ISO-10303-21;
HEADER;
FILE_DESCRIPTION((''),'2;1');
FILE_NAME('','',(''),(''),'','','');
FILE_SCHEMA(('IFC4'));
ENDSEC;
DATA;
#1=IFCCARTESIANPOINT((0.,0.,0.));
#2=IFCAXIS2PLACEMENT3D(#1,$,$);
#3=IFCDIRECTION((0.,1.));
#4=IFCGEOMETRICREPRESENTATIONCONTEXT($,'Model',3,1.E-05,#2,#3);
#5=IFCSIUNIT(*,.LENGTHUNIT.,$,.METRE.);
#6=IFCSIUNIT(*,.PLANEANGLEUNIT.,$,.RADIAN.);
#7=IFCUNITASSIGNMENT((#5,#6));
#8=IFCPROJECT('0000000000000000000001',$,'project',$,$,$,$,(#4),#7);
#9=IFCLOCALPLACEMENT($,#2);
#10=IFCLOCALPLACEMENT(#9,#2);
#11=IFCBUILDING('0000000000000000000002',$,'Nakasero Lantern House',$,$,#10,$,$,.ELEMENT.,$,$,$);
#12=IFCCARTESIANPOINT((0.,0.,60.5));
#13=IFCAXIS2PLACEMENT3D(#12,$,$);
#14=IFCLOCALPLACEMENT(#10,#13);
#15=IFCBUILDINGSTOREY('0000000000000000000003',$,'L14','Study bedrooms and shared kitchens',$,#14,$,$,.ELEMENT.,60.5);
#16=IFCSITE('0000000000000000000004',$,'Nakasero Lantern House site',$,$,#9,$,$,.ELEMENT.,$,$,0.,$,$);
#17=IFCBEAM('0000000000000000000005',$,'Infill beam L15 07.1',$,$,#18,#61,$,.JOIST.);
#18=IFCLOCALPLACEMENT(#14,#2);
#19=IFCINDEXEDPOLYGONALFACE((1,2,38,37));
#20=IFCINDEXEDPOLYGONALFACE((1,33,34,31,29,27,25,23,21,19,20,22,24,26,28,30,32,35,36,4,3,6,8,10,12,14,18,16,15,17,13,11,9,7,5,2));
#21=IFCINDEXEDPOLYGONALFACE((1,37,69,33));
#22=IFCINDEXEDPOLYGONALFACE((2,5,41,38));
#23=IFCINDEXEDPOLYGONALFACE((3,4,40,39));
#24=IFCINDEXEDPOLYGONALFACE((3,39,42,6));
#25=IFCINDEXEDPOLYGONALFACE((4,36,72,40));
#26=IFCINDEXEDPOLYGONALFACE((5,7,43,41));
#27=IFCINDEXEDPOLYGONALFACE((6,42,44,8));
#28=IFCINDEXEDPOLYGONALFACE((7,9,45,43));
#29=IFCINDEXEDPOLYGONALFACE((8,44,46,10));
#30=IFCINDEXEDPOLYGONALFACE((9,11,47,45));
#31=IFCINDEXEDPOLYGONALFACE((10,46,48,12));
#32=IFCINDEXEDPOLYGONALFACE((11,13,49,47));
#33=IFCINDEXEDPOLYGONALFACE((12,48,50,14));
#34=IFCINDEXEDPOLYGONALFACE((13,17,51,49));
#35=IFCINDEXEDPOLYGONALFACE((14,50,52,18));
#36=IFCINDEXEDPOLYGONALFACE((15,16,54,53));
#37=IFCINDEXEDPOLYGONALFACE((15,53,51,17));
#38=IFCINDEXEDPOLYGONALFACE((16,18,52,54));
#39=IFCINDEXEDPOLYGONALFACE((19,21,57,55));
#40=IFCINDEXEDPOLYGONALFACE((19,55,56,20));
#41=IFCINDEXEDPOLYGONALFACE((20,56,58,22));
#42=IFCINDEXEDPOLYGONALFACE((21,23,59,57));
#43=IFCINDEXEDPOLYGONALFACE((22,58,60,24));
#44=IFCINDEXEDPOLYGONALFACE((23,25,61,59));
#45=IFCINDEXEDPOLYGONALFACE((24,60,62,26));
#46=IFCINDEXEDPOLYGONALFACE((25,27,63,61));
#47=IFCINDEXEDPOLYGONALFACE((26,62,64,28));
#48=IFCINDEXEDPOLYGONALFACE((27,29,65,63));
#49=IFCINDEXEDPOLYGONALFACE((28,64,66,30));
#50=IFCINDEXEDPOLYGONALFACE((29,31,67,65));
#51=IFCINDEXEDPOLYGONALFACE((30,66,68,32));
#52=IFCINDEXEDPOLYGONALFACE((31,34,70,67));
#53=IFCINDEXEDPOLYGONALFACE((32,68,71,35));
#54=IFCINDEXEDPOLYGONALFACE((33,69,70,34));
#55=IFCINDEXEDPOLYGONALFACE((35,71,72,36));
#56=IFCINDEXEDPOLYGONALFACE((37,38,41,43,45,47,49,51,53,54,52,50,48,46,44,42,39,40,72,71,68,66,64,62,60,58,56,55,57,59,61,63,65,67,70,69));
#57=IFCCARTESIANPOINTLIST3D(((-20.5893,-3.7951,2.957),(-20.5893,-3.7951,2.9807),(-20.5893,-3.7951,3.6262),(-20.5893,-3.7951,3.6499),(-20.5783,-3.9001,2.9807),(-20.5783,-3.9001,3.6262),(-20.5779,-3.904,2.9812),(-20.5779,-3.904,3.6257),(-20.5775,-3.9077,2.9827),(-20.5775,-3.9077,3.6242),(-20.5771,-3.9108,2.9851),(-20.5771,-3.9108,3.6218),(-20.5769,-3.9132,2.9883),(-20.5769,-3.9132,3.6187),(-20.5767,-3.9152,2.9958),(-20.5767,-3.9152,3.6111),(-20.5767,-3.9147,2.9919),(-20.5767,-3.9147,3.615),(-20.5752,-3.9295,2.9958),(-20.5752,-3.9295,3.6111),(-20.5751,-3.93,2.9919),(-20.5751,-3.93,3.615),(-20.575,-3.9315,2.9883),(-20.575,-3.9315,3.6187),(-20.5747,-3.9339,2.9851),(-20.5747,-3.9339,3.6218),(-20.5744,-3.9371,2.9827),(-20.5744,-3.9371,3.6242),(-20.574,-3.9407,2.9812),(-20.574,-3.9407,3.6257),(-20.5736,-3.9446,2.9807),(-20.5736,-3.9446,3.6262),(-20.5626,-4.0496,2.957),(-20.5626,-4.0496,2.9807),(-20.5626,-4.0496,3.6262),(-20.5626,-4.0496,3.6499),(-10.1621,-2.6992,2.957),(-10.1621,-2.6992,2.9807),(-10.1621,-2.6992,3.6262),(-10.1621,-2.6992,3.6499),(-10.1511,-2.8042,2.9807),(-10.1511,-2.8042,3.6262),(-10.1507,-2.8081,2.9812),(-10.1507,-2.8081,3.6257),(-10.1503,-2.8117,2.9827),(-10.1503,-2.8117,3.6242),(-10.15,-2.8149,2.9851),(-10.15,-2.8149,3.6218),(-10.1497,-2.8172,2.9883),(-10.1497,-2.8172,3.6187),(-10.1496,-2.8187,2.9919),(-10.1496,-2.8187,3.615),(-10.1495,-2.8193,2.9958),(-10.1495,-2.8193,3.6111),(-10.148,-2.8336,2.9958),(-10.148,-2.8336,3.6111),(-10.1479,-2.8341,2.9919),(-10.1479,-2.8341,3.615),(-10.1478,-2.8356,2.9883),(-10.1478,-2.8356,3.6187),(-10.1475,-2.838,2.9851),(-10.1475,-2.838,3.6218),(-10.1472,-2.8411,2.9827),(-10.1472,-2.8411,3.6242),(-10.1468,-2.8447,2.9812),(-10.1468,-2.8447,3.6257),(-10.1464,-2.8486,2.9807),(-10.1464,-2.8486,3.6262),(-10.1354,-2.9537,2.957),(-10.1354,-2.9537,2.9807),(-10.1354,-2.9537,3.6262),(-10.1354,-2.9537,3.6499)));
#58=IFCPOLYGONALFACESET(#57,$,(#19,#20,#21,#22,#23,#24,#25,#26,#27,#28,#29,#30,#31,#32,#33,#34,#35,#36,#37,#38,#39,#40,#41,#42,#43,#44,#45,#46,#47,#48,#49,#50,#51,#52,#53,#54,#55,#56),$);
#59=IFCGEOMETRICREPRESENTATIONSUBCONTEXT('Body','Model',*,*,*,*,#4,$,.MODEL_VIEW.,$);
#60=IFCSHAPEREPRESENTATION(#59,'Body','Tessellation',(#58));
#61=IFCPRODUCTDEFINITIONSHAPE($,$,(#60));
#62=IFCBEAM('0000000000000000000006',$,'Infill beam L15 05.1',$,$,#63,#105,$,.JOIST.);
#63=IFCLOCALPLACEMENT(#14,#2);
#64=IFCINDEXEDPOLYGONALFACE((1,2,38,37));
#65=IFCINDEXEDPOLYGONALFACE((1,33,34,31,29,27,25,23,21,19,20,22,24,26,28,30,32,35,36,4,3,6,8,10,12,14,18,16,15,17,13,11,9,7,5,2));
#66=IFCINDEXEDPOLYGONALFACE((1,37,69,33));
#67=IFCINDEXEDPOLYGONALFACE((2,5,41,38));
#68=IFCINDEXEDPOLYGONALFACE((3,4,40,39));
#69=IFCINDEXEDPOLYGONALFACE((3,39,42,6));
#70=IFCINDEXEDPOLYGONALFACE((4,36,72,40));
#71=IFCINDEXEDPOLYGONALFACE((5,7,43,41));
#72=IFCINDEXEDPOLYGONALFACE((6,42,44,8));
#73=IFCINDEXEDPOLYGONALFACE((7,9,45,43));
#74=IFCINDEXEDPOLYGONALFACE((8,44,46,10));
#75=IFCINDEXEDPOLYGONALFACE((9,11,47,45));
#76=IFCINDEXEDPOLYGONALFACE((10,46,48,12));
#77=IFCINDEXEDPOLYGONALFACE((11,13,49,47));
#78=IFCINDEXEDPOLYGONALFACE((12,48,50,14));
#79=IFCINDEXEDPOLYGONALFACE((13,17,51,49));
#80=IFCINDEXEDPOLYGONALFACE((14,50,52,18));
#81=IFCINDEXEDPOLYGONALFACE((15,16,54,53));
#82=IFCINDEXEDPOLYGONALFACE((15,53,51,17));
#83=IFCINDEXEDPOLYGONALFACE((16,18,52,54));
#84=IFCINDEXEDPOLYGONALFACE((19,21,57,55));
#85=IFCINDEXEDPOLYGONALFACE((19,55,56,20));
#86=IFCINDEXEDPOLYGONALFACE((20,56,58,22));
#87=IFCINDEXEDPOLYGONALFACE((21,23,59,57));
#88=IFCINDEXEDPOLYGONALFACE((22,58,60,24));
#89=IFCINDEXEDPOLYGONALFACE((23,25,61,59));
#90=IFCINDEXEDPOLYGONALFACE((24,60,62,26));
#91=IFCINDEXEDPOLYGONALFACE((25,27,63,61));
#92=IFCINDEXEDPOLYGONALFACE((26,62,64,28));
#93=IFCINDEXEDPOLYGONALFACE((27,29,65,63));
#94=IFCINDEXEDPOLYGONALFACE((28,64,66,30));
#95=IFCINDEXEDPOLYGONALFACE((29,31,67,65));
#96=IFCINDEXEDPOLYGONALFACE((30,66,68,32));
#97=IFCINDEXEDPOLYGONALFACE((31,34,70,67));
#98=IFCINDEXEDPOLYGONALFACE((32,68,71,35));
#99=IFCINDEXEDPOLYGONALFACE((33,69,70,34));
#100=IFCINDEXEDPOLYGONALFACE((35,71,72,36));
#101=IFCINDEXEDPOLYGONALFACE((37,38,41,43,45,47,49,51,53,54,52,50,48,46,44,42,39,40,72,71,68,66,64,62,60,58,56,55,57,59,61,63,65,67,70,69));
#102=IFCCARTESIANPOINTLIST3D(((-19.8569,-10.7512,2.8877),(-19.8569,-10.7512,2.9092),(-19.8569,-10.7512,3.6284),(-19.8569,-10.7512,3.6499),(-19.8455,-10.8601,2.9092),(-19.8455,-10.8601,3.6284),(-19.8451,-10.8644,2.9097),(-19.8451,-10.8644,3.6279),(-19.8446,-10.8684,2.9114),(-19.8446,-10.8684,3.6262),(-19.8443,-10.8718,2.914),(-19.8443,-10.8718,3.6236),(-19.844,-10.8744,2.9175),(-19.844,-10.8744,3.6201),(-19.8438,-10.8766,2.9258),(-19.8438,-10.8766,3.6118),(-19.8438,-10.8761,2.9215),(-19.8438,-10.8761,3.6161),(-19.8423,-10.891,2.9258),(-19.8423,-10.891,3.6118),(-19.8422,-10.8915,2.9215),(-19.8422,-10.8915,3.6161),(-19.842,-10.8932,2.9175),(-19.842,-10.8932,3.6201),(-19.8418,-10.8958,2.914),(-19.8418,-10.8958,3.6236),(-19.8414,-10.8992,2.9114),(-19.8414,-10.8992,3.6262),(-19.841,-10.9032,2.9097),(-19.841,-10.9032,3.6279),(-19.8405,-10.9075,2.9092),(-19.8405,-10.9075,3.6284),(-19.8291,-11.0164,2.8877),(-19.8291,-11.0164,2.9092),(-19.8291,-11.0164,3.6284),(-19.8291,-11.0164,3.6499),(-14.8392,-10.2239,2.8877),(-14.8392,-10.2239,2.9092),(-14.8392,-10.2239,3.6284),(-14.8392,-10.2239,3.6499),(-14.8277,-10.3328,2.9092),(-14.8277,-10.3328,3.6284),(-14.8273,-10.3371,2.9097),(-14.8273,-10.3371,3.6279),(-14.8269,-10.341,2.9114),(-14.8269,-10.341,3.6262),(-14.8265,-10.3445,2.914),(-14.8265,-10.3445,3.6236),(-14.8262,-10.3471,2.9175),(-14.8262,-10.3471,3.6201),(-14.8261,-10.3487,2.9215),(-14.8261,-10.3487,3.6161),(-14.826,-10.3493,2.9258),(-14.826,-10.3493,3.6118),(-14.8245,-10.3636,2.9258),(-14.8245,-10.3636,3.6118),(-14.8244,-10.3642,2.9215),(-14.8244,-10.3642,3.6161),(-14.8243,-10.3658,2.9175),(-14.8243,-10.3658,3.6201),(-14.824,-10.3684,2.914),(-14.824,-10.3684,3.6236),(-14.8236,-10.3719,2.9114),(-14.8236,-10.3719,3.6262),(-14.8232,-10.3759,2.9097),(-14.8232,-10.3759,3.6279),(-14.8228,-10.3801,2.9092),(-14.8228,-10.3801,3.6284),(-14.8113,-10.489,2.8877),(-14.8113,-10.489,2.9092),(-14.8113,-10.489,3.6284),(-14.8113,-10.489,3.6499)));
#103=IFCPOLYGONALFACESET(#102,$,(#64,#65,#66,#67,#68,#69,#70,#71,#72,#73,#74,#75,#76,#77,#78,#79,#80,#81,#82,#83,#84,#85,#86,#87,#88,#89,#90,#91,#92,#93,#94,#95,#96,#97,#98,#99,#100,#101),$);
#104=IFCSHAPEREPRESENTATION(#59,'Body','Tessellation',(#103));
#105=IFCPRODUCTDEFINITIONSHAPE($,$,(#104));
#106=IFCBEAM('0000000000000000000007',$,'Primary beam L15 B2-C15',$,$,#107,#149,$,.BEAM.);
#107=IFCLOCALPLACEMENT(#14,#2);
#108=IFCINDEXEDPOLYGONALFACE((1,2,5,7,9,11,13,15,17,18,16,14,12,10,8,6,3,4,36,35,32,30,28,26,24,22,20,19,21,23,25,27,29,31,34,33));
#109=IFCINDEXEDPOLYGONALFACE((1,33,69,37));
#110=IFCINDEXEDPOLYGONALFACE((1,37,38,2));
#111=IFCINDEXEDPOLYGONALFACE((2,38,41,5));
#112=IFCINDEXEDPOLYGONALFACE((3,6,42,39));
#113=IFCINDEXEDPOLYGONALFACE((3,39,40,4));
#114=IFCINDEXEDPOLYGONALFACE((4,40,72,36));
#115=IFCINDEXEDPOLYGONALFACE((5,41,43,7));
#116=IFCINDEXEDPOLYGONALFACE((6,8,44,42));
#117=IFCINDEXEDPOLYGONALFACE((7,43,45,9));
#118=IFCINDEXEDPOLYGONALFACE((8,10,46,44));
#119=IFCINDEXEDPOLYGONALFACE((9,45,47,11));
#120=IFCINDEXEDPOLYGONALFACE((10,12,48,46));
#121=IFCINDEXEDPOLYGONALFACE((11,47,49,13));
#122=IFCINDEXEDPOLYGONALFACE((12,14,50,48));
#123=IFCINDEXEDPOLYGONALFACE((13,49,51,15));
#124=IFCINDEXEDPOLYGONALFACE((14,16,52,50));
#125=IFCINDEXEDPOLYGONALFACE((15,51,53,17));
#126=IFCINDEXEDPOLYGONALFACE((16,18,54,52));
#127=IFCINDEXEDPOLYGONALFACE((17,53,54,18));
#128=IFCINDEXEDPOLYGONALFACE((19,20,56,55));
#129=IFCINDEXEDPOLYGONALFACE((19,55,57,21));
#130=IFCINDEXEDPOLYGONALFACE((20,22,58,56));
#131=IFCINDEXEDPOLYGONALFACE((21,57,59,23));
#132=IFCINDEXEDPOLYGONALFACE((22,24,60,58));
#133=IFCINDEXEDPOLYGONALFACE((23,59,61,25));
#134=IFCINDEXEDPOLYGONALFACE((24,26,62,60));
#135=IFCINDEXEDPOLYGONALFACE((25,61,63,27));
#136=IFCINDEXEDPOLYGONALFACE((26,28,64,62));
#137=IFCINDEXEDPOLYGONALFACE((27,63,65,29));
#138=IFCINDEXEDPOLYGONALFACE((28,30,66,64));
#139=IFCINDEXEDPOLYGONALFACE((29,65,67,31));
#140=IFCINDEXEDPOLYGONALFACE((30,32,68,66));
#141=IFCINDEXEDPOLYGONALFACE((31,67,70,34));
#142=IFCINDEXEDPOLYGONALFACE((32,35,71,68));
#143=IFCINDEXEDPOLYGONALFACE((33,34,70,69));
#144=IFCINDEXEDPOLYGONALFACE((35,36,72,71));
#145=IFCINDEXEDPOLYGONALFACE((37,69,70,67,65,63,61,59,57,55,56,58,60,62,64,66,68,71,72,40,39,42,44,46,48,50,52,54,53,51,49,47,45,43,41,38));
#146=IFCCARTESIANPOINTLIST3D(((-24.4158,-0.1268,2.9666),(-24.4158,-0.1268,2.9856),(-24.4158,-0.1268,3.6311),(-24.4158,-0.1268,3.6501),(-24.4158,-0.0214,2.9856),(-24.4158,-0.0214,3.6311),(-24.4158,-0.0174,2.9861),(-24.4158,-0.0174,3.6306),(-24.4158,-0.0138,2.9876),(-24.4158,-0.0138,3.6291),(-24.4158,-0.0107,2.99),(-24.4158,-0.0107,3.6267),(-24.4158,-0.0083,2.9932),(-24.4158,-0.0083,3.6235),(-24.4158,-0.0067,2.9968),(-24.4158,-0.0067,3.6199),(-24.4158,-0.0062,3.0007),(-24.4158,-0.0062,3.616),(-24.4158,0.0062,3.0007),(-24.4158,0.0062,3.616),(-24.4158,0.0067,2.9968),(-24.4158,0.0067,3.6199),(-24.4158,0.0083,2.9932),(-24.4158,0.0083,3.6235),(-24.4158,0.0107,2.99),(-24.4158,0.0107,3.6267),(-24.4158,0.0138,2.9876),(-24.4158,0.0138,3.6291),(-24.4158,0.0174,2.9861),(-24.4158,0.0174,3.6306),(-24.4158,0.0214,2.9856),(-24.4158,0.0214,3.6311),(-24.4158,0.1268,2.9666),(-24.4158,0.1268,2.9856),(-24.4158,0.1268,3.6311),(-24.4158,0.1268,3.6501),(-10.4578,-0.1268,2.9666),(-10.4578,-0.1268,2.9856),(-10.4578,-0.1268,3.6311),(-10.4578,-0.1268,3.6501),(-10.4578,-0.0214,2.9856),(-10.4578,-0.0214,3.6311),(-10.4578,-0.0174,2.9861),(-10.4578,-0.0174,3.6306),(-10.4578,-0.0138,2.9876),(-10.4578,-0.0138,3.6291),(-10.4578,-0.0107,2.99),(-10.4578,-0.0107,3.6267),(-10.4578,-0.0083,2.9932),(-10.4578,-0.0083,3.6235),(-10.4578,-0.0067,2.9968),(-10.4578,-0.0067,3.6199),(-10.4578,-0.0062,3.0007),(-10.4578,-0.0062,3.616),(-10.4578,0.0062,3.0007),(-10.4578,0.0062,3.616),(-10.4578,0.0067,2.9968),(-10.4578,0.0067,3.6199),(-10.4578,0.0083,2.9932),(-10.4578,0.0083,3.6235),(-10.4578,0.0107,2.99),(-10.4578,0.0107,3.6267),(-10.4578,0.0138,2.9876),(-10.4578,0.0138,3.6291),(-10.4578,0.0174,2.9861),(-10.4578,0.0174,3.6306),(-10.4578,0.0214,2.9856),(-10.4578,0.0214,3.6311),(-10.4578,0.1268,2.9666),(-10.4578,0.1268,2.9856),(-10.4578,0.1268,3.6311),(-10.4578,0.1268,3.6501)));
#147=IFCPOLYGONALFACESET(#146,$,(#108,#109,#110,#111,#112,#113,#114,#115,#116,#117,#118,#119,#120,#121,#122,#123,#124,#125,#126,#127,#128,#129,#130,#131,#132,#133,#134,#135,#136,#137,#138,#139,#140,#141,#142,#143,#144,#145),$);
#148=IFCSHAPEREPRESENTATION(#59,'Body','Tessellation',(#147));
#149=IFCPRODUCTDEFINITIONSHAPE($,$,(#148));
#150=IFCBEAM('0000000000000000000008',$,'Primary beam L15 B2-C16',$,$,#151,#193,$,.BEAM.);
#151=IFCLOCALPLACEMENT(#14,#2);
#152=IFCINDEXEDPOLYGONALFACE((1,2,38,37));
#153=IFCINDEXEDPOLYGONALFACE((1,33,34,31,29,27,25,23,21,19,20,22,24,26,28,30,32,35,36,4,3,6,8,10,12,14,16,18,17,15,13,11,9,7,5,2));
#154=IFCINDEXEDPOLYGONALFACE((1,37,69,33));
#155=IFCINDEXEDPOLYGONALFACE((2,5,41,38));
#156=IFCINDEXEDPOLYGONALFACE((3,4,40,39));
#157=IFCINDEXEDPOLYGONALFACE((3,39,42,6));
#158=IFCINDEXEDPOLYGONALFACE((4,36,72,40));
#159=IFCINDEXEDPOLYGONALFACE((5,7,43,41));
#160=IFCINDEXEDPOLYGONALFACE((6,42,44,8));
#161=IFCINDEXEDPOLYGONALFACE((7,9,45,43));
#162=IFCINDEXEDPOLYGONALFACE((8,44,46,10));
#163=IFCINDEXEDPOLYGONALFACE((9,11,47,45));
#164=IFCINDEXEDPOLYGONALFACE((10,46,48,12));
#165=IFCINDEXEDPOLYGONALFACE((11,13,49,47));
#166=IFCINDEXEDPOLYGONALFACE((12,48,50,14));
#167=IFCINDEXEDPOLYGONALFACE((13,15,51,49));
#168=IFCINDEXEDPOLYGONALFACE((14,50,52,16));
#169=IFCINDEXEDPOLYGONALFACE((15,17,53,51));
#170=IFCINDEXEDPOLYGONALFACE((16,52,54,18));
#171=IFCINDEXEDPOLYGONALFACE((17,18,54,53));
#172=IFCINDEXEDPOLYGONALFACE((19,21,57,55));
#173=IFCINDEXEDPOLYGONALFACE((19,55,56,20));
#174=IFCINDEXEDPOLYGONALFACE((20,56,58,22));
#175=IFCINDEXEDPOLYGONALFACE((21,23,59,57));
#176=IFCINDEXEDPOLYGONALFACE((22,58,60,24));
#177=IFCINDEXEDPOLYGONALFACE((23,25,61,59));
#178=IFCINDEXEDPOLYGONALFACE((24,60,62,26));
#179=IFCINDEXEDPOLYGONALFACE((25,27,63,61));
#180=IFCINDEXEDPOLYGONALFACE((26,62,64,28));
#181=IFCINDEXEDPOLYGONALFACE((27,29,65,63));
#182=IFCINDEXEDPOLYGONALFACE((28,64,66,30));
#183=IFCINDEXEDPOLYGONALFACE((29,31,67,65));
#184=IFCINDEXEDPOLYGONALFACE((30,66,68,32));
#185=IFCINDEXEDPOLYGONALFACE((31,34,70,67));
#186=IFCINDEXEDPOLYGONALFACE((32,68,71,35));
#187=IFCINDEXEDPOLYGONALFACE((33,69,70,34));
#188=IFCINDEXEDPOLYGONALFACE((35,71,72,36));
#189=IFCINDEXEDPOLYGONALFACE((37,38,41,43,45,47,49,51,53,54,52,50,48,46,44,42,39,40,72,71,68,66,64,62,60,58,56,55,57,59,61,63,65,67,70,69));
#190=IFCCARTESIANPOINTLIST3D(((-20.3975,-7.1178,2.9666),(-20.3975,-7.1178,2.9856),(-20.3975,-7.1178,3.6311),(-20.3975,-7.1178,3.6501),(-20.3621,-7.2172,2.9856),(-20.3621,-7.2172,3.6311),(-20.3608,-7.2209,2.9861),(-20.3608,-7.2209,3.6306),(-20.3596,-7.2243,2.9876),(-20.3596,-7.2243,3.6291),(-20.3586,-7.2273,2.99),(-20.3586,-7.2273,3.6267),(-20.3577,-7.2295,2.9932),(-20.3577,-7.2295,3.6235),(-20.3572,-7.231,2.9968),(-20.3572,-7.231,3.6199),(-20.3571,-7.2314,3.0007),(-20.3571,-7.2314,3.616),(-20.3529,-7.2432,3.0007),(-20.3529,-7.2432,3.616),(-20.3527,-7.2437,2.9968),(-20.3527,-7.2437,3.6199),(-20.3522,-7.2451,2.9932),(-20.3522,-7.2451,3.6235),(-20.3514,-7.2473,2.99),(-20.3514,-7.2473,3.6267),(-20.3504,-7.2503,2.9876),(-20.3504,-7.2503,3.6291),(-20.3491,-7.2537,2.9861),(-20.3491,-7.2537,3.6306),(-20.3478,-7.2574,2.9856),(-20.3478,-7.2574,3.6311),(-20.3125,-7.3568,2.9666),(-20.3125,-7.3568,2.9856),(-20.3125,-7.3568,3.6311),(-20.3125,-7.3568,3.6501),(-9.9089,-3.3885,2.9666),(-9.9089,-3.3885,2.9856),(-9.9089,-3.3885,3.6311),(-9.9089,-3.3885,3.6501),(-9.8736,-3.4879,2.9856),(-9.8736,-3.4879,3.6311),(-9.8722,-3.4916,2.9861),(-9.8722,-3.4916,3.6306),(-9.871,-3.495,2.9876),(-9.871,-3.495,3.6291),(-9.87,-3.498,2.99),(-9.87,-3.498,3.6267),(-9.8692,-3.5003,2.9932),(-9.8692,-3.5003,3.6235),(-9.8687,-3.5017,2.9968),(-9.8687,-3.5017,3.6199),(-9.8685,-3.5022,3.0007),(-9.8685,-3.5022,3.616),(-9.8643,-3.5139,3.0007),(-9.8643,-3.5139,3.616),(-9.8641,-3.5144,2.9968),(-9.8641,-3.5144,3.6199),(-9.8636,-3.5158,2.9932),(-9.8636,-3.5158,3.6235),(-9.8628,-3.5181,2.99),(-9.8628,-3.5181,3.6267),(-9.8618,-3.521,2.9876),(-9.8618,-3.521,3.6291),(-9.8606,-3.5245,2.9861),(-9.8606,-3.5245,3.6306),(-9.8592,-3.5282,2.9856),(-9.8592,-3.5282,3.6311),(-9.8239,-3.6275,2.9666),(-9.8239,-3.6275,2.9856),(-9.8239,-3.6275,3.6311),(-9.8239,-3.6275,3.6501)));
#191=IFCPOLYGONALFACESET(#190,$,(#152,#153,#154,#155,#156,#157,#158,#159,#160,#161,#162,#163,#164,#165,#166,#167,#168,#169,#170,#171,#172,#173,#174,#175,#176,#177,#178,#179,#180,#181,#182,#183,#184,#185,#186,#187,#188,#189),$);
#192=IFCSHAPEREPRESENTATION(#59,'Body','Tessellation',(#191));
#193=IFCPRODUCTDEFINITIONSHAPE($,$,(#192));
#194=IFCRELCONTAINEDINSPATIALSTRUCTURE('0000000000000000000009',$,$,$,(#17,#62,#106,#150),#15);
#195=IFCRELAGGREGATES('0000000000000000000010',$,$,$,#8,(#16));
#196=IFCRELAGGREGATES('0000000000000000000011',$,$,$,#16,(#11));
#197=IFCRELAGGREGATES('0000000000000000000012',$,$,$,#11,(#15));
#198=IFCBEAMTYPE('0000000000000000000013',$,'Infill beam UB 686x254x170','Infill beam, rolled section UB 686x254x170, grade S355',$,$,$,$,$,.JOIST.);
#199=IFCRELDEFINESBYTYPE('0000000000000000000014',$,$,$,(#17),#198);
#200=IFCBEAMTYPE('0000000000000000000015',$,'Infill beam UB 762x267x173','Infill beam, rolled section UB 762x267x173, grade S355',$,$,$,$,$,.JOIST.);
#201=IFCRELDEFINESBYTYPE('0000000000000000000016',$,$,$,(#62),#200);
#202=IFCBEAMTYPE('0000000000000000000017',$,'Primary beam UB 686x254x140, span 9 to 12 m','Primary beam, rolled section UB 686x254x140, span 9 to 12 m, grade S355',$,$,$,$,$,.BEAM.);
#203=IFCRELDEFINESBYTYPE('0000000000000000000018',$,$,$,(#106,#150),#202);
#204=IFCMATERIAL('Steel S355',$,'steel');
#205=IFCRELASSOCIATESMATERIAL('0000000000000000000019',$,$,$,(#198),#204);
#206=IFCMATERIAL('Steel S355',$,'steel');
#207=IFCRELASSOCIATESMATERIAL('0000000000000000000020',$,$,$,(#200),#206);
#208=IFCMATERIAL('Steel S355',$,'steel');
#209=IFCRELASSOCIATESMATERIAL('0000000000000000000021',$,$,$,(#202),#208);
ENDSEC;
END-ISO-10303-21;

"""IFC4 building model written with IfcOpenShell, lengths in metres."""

from ifc_helpers import new_model, si_unit, direction, frame, origin, origin_2d, place, context, subcontext, project, spatial, i_section, extrude, material, material_profile, profile_set, type_object, element, save


model = new_model("IFC4")

# Units and contexts
model_context = context("Model", 3, precision=1e-05, world=origin(), true_north=direction((0.0, 1.0)))
body_context = subcontext(model_context, "Body", "Model", "MODEL_VIEW")
ifc_project = project(units=[si_unit("LENGTHUNIT", "METRE"), si_unit("PLANEANGLEUNIT", "RADIAN")], contexts=[model_context])

# Site, building, storey
site_placement = place(None, origin())
site = spatial("IfcSite", under=ifc_project, at=site_placement, Name="Nakasero Lantern House site", CompositionType="ELEMENT", RefElevation=0.0)
building_placement = place(site_placement, origin())
building = spatial("IfcBuilding", under=site, at=building_placement, Name="Nakasero Lantern House", CompositionType="ELEMENT")
storey_placement = place(building_placement, frame((0.0, 0.0, 60.5)))
storey = spatial("IfcBuildingStorey", under=building, at=storey_placement, Name="L14", Description="Study bedrooms and shared kitchens", CompositionType="ELEMENT", Elevation=60.5)

# Beams
ifc_material_1 = material(Name="Steel S355", Category="steel")
ifc_material_profile_1 = material_profile(ifc_material_1, i_section(OverallWidth=0.2559, OverallDepth=0.6929, WebThickness=0.0144, FlangeThickness=0.0237, FilletRadius=0.0151, at=origin_2d()), Name="UB 686x254x170")
ifc_profile_set_1 = profile_set([ifc_material_profile_1], Name="Steel S355")
beam_type_1 = type_object("IfcBeamType", Name="Infill beam UB 686x254x170", Description="Infill beam, rolled section UB 686x254x170, grade S355", PredefinedType="JOIST", material=ifc_profile_set_1)
beam_1_placement = place(storey_placement, frame((-20.5759, -3.9224, 3.3035), z_axis=(0.994522, 0.104528, 0.0), x_axis=(-0.104528, 0.994522, 0.0)))
element("IfcBeam", 1, at=beam_1_placement, inside=storey, type_object=beam_type_1, Name="Infill beam L15 07.1", PredefinedType="JOIST", context=body_context, shape_type="SweptSolid", body=[
    extrude(i_section(OverallWidth=0.2559, OverallDepth=0.6929, WebThickness=0.0144, FlangeThickness=0.0237, FilletRadius=0.0151, at=origin_2d()), origin(), (0.0, 0.0, 1.0), 10.4846),
])
ifc_material_2 = material(Name="Steel S355", Category="steel")
ifc_material_profile_2 = material_profile(ifc_material_2, i_section(OverallWidth=0.2666, OverallDepth=0.7622, WebThickness=0.0144, FlangeThickness=0.0215, FilletRadius=0.0166, at=origin_2d()), Name="UB 762x267x173")
ifc_profile_set_2 = profile_set([ifc_material_profile_2], Name="Steel S355")
beam_type_2 = type_object("IfcBeamType", Name="Infill beam UB 762x267x173", Description="Infill beam, rolled section UB 762x267x173, grade S355", PredefinedType="JOIST", material=ifc_profile_set_2)
beam_2_placement = place(storey_placement, frame((-19.843, -10.8838, 3.2688), z_axis=(0.994523, 0.104519, 0.0), x_axis=(-0.104519, 0.994523, 0.0)))
element("IfcBeam", 2, at=beam_2_placement, inside=storey, type_object=beam_type_2, Name="Infill beam L15 05.1", PredefinedType="JOIST", context=body_context, shape_type="SweptSolid", body=[
    extrude(i_section(OverallWidth=0.2666, OverallDepth=0.7622, WebThickness=0.0144, FlangeThickness=0.0215, FilletRadius=0.0166, at=origin_2d()), origin(), (0.0, 0.0, 1.0), 5.0454),
])
ifc_material_3 = material(Name="Steel S355", Category="steel")
ifc_material_profile_3 = material_profile(ifc_material_3, i_section(OverallWidth=0.2537, OverallDepth=0.6836, WebThickness=0.0125, FlangeThickness=0.019, FilletRadius=0.0151, at=origin_2d()), Name="UB 686x254x140")
ifc_profile_set_3 = profile_set([ifc_material_profile_3], Name="Steel S355")
beam_type_3 = type_object("IfcBeamType", Name="Primary beam UB 686x254x140, span 9 to 12 m", Description="Primary beam, rolled section UB 686x254x140, span 9 to 12 m, grade S355", PredefinedType="BEAM", material=ifc_profile_set_3)
beam_3_placement = place(storey_placement, frame((-24.4158, 0.0, 3.3083), z_axis=(1.0, 0.0, 0.0), x_axis=(0.0, 1.0, 0.0)))
element("IfcBeam", 3, at=beam_3_placement, inside=storey, type_object=beam_type_3, Name="Primary beam L15 B2-C15", PredefinedType="BEAM", context=body_context, shape_type="SweptSolid", body=[
    extrude(i_section(OverallWidth=0.2537, OverallDepth=0.6836, WebThickness=0.0125, FlangeThickness=0.019, FilletRadius=0.0151, at=origin_2d()), origin(), (0.0, 0.0, 1.0), 13.958),
])
beam_4_placement = place(storey_placement, frame((-20.355, -7.2373, 3.3083), z_axis=(0.942215, 0.335009, 0.0), x_axis=(-0.335009, 0.942215, 0.0)))
element("IfcBeam", 4, at=beam_4_placement, inside=storey, type_object=beam_type_3, Name="Primary beam L15 B2-C16", PredefinedType="BEAM", context=body_context, shape_type="SweptSolid", body=[
    extrude(i_section(OverallWidth=0.2537, OverallDepth=0.6836, WebThickness=0.0125, FlangeThickness=0.019, FilletRadius=0.0151, at=origin_2d()), origin(), (0.0, 0.0, 1.0), 11.1318),
])

save(model, "model.ifc")
